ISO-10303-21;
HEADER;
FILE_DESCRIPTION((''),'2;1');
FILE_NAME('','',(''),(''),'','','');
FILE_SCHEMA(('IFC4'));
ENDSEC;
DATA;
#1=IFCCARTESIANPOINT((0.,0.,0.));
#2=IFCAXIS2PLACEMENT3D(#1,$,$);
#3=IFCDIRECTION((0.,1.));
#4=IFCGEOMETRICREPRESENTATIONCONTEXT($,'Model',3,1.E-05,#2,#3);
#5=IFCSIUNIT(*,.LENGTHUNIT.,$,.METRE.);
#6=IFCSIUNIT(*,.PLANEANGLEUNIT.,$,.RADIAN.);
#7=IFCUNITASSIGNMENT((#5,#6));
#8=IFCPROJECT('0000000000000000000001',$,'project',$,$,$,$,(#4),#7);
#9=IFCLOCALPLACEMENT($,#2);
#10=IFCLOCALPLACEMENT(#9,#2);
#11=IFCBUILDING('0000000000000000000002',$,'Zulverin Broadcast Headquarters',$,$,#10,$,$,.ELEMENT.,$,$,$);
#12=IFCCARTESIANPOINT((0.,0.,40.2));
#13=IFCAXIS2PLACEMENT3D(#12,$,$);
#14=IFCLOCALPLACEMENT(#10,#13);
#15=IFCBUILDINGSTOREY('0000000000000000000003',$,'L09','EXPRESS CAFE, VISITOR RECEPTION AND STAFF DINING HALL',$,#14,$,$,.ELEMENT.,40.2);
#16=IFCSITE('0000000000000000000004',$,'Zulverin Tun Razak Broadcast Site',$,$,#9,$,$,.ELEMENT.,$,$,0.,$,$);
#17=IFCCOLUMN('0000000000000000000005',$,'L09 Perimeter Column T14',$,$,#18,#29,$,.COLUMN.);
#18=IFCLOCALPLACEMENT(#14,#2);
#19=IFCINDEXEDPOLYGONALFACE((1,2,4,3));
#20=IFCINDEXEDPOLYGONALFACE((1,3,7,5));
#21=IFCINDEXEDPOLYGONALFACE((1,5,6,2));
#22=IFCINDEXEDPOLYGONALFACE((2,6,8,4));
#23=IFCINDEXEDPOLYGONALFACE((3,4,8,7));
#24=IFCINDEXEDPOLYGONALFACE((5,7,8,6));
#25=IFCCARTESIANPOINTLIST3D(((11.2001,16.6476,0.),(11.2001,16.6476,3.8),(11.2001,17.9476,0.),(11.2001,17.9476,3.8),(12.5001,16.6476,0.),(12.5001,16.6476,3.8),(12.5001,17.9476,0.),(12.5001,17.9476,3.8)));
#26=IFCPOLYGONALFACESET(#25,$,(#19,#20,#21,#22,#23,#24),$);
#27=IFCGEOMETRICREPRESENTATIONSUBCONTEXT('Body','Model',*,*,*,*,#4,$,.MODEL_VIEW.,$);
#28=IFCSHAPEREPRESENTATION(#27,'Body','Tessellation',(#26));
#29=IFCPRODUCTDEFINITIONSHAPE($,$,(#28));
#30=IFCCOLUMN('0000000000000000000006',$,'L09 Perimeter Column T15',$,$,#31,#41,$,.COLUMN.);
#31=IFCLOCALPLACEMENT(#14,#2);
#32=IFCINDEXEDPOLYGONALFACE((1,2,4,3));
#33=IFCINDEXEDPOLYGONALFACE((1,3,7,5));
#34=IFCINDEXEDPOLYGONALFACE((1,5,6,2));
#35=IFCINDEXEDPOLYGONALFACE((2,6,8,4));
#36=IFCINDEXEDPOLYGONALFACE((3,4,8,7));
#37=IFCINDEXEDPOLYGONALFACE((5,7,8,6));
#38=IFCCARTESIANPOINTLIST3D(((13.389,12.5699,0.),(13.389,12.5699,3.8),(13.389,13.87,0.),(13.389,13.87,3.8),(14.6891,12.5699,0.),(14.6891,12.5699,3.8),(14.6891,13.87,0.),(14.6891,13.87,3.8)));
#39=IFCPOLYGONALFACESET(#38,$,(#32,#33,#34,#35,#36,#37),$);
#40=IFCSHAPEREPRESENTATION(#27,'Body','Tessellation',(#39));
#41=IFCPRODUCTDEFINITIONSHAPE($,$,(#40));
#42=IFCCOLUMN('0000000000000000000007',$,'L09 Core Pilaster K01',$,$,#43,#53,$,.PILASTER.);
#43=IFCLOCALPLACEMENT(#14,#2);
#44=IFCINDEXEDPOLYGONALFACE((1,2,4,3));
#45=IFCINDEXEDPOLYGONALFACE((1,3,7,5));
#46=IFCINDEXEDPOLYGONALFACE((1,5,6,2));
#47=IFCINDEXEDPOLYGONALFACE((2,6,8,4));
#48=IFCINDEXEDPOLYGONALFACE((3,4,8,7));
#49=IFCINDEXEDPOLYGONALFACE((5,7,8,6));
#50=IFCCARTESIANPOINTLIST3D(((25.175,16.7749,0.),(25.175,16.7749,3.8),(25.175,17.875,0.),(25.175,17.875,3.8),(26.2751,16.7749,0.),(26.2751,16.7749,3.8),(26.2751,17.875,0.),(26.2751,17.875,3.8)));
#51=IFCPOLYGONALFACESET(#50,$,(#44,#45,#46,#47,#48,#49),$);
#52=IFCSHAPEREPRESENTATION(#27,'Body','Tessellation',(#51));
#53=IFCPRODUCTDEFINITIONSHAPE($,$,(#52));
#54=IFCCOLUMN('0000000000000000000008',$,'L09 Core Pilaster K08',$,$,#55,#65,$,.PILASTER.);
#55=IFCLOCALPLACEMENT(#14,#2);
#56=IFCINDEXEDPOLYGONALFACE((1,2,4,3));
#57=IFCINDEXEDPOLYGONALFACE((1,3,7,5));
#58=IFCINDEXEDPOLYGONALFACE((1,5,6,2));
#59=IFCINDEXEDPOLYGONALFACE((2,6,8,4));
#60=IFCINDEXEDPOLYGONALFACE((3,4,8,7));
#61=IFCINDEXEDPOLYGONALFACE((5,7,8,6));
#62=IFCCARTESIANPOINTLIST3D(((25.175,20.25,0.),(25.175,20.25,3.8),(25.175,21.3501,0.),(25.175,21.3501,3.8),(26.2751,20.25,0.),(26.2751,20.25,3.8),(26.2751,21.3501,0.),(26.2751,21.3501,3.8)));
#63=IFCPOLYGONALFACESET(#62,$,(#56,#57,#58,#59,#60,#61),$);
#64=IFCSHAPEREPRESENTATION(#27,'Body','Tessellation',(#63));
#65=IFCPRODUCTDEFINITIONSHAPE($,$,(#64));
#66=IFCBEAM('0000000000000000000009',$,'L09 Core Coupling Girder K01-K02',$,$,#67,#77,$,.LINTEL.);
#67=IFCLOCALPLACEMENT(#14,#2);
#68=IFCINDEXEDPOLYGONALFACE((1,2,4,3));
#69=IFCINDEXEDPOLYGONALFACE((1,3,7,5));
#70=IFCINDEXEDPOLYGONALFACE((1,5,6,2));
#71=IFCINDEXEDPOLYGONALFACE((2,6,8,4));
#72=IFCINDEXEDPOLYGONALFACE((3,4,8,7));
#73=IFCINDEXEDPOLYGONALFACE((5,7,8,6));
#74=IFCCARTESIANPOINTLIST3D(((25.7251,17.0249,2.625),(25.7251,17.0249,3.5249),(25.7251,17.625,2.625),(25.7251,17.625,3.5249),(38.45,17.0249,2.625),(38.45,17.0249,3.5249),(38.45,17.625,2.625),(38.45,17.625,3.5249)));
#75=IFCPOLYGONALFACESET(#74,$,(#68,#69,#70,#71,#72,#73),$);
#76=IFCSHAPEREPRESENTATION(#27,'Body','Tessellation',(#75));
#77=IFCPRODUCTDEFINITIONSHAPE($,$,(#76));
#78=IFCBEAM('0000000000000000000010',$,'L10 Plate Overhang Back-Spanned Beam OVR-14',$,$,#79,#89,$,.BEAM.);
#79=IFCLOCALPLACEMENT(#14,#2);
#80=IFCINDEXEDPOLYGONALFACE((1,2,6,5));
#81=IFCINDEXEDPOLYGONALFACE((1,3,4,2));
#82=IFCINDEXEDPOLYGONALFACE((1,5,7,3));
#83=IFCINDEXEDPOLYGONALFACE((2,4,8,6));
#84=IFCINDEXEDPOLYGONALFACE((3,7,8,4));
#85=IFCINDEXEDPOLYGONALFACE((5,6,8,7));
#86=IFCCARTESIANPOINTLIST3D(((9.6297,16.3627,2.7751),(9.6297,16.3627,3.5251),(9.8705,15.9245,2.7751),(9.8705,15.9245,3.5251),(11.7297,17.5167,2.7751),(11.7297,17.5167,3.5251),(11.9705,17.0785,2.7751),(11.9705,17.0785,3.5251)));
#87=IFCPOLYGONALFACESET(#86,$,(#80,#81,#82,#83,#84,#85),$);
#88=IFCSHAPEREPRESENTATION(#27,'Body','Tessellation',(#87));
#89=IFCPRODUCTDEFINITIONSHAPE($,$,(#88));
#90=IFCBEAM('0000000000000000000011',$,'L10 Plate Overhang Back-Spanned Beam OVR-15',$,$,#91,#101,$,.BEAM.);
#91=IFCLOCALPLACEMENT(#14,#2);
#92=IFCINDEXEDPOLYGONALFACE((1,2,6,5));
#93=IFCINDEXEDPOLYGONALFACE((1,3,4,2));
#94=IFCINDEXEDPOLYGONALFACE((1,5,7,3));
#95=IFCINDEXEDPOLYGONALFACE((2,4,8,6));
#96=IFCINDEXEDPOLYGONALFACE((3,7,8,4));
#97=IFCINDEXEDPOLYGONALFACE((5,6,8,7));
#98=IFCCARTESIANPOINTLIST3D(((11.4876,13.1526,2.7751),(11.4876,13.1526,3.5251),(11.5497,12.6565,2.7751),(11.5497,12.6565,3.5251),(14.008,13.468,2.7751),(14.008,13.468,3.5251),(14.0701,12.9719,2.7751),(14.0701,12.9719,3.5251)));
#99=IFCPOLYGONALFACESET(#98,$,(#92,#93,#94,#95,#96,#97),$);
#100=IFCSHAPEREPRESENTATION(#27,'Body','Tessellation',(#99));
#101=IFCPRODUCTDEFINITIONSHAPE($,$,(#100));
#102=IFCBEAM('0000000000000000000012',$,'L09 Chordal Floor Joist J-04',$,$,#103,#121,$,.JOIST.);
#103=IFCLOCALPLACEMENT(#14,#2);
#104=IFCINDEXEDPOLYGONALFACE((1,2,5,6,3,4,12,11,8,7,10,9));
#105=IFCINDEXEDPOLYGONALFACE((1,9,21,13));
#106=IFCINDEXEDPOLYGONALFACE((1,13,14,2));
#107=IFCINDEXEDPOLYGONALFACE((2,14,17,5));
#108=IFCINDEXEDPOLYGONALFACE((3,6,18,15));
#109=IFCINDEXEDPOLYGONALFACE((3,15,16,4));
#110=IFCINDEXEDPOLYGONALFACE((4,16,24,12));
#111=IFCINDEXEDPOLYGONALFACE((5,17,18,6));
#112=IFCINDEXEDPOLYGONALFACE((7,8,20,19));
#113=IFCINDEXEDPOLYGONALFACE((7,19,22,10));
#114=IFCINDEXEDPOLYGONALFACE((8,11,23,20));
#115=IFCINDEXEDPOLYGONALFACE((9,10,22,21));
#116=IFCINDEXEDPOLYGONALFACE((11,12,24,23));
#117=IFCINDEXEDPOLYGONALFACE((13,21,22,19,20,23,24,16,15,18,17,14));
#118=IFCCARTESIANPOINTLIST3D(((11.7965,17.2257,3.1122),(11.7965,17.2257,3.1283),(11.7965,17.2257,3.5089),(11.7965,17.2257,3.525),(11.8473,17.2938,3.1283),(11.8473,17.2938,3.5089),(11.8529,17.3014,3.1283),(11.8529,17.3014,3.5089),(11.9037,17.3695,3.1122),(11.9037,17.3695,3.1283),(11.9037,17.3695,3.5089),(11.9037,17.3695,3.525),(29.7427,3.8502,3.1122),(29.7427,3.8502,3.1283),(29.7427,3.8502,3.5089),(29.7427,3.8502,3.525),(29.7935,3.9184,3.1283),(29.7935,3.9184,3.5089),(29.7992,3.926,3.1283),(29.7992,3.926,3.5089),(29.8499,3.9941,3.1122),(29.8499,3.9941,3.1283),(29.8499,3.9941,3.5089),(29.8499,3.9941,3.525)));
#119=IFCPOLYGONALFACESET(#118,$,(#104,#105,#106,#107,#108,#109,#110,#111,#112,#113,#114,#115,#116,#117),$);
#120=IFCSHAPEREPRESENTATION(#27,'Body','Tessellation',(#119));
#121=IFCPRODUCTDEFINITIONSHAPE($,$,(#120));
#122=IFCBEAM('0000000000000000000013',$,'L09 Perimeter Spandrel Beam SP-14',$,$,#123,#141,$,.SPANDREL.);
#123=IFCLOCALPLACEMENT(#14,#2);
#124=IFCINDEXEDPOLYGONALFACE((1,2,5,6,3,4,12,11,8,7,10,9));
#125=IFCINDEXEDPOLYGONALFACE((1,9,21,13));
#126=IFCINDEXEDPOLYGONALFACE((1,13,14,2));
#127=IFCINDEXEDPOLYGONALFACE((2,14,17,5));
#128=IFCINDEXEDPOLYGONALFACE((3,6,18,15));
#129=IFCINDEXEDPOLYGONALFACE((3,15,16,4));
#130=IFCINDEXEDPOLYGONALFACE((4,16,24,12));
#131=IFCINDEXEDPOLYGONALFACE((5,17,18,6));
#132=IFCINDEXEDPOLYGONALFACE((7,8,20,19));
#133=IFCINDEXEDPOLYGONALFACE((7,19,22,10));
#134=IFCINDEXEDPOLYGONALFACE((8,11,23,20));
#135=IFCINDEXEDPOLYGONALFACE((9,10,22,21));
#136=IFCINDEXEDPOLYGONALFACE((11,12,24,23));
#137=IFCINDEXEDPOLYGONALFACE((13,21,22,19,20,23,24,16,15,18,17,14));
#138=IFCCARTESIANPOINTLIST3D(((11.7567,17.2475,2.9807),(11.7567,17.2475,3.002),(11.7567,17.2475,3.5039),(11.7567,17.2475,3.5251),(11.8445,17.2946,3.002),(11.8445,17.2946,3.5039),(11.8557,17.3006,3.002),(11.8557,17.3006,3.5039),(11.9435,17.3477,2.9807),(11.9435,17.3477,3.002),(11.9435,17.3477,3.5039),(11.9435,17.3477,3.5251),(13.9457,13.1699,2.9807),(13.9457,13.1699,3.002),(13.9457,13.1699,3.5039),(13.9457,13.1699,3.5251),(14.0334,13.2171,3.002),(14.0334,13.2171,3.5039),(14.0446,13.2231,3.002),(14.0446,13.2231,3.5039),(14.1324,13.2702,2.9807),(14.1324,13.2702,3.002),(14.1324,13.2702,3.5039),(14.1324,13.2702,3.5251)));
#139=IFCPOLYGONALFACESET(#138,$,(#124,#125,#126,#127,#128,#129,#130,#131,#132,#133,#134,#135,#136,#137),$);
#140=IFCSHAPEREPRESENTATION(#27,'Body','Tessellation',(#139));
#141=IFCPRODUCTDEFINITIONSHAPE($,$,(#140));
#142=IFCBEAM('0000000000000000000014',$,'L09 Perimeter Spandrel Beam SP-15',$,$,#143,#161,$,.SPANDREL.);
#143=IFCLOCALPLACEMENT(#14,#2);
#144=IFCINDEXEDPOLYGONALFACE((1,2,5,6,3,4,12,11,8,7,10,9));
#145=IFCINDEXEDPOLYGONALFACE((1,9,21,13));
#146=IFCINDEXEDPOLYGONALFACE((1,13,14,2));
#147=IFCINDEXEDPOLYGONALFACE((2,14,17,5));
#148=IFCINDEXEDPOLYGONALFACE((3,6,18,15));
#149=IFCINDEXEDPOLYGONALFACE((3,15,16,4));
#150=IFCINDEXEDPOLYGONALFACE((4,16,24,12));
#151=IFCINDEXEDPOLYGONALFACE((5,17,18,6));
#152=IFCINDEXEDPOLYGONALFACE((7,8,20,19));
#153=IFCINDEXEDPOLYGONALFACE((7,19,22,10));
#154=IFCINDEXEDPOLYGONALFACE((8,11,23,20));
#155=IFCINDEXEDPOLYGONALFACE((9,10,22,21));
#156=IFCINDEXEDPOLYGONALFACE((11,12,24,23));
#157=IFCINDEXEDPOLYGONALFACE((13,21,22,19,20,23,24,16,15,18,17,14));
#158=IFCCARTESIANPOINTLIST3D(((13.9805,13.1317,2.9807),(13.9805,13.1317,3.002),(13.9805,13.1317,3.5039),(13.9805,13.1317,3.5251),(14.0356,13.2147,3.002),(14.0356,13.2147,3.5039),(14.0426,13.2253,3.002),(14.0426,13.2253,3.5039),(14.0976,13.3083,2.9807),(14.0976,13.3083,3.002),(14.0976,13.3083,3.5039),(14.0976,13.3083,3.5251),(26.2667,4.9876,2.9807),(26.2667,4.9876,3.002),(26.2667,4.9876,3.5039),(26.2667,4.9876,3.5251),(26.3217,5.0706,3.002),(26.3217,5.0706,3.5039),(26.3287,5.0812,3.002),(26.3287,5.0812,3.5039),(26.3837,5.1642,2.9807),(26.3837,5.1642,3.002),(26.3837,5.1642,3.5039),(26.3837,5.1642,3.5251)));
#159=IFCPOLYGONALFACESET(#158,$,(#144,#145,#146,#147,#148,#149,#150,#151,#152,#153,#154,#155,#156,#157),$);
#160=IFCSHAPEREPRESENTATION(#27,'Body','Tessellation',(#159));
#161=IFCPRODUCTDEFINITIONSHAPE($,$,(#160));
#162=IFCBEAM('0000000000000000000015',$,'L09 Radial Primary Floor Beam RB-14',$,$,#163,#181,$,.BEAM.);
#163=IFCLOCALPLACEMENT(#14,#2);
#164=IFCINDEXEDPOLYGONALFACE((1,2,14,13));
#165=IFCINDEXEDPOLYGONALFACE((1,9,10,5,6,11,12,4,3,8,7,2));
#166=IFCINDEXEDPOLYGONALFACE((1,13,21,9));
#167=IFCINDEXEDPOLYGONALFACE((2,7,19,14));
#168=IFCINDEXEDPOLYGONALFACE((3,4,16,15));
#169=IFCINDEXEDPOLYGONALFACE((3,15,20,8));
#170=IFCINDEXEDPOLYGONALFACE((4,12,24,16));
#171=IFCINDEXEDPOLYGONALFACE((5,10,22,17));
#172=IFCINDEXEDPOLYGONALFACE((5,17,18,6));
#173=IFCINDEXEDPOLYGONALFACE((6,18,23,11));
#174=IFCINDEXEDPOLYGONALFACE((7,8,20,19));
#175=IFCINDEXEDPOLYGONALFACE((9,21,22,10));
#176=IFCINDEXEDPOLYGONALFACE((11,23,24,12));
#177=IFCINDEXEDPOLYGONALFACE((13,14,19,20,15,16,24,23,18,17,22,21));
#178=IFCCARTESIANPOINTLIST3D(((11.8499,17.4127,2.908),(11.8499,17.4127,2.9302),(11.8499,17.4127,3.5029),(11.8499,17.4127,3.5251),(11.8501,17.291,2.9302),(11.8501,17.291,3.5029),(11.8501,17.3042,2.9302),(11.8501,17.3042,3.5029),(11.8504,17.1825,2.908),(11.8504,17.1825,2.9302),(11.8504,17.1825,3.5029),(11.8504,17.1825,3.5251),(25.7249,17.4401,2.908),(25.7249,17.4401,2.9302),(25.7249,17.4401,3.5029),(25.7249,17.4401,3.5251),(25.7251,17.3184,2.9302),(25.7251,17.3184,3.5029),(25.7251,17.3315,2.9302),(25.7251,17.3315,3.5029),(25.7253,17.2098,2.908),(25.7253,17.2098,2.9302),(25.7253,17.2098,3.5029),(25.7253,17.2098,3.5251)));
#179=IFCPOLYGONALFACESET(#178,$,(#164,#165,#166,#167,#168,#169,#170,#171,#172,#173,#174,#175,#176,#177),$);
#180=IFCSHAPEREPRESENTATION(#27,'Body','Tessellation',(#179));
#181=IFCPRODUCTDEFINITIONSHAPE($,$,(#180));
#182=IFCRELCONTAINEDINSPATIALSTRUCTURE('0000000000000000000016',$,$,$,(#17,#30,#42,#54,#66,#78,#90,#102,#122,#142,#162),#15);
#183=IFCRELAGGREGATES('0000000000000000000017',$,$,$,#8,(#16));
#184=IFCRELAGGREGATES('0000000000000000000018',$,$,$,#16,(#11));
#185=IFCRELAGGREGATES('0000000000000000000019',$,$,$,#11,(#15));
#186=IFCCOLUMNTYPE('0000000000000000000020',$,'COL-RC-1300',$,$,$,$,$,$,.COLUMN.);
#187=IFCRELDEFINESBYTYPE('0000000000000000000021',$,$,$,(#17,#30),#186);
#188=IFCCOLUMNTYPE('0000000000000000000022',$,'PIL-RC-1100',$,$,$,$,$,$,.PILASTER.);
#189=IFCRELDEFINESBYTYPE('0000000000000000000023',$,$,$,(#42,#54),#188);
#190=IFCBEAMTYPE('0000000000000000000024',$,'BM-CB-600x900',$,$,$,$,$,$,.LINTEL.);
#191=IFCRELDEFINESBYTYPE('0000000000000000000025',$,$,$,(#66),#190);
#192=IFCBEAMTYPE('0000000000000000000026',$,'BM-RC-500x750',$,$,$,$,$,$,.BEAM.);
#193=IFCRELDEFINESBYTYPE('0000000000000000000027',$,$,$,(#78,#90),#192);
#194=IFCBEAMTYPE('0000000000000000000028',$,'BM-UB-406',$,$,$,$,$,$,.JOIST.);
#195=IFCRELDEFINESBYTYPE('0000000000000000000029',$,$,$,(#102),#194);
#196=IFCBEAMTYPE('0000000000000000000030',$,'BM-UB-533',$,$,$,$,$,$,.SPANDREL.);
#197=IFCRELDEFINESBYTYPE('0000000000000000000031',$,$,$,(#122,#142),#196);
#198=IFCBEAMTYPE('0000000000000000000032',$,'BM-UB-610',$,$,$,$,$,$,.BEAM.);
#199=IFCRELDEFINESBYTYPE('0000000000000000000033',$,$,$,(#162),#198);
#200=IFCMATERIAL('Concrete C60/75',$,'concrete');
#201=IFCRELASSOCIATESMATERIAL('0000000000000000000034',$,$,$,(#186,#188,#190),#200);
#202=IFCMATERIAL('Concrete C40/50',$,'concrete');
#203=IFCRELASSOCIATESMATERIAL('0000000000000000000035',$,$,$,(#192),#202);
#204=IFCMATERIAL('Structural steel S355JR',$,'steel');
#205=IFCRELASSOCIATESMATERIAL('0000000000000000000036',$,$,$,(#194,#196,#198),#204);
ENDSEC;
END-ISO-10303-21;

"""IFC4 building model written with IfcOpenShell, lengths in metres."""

from ifc_helpers import new_model, si_unit, direction, frame, origin, origin_2d, place, context, subcontext, project, spatial, rectangle, i_section, extrude, material, material_profile, profile_set, type_object, element, save


model = new_model("IFC4")

# Units and contexts
model_context = context("Model", 3, precision=1e-05, world=origin(), true_north=direction((0.0, 1.0)))
body_context = subcontext(model_context, "Body", "Model", "MODEL_VIEW")
ifc_project = project(units=[si_unit("LENGTHUNIT", "METRE"), si_unit("PLANEANGLEUNIT", "RADIAN")], contexts=[model_context])

# Site, building, storey
site_placement = place(None, origin())
site = spatial("IfcSite", under=ifc_project, at=site_placement, Name="Zulverin Tun Razak Broadcast Site", CompositionType="ELEMENT", RefElevation=0.0)
building_placement = place(site_placement, origin())
building = spatial("IfcBuilding", under=site, at=building_placement, Name="Zulverin Broadcast Headquarters", CompositionType="ELEMENT")
storey_placement = place(building_placement, frame((0.0, 0.0, 40.2)))
storey = spatial("IfcBuildingStorey", under=building, at=storey_placement, Name="L09", Description="EXPRESS CAFE, VISITOR RECEPTION AND STAFF DINING HALL", CompositionType="ELEMENT", Elevation=40.2)

# Columns
ifc_material_1 = material(Name="Concrete C60/75", Category="concrete")
ifc_material_profile_1 = material_profile(ifc_material_1, rectangle(XDim=1.3, YDim=1.3, at=origin_2d()), Name="Concrete C60/75", Category="concrete")
ifc_profile_set_1 = profile_set([ifc_material_profile_1], Name="Concrete C60/75")
column_type_1 = type_object("IfcColumnType", Name="COL-RC-1300", PredefinedType="COLUMN", material=ifc_profile_set_1)
for number, where, z_axis, x_axis, name in (
    (1, (11.8501, 17.2976, 0.0), (0.0, 0.0, 1.0), (1.0, 0.0, 0.0), "L09 Perimeter Column T14"),
    (2, (14.0391, 13.22, 0.0), (0.0, 0.0, 1.0), (1.0, 0.0, 0.0), "L09 Perimeter Column T15"),
):
    element("IfcColumn", number, at=place(storey_placement, frame(where, z_axis=z_axis, x_axis=x_axis)), inside=storey, type_object=column_type_1, Name=name, PredefinedType="COLUMN", context=body_context, shape_type="SweptSolid", body=[
        extrude(rectangle(XDim=1.3, YDim=1.3, at=origin_2d()), origin(), (0.0, 0.0, 1.0), 3.8),
    ])
ifc_material_profile_2 = material_profile(ifc_material_1, rectangle(XDim=1.1001, YDim=1.1001, at=origin_2d()), Name="Concrete C60/75", Category="concrete")
ifc_profile_set_2 = profile_set([ifc_material_profile_2], Name="Concrete C60/75")
column_type_2 = type_object("IfcColumnType", Name="PIL-RC-1100", PredefinedType="PILASTER", material=ifc_profile_set_2)
for number, where, z_axis, x_axis, name in (
    (3, (25.7251, 17.325, 0.0), (0.0, 0.0, 1.0), (1.0, 0.0, 0.0), "L09 Core Pilaster K01"),
    (4, (25.7251, 20.8, 0.0), (0.0, 0.0, 1.0), (1.0, 0.0, 0.0), "L09 Core Pilaster K08"),
):
    element("IfcColumn", number, at=place(storey_placement, frame(where, z_axis=z_axis, x_axis=x_axis)), inside=storey, type_object=column_type_2, Name=name, PredefinedType="PILASTER", context=body_context, shape_type="SweptSolid", body=[
        extrude(rectangle(XDim=1.1001, YDim=1.1001, at=origin_2d()), origin(), (0.0, 0.0, 1.0), 3.8),
    ])

# Beams
ifc_material_profile_3 = material_profile(ifc_material_1, rectangle(XDim=0.6001, YDim=0.8999, at=origin_2d()), Name="Concrete C60/75", Category="concrete")
ifc_profile_set_3 = profile_set([ifc_material_profile_3], Name="Concrete C60/75")
beam_type_1 = type_object("IfcBeamType", Name="BM-CB-600x900", PredefinedType="LINTEL", material=ifc_profile_set_3)
beam_1_placement = place(storey_placement, frame((25.7251, 17.325, 3.075), z_axis=(1.0, 0.0, 0.0), x_axis=(0.0, 1.0, 0.0)))
element("IfcBeam", 5, at=beam_1_placement, inside=storey, type_object=beam_type_1, Name="L09 Core Coupling Girder K01-K02", PredefinedType="LINTEL", context=body_context, shape_type="SweptSolid", body=[
    extrude(rectangle(XDim=0.6001, YDim=0.8999, at=origin_2d()), origin(), (0.0, 0.0, 1.0), 12.7249),
])
ifc_material_2 = material(Name="Concrete C40/50", Category="concrete")
ifc_material_profile_4 = material_profile(ifc_material_2, rectangle(XDim=0.5, YDim=0.75, at=origin_2d()), Name="Concrete C40/50", Category="concrete")
ifc_profile_set_4 = profile_set([ifc_material_profile_4], Name="Concrete C40/50")
beam_type_2 = type_object("IfcBeamType", Name="BM-RC-500x750", PredefinedType="BEAM", material=ifc_profile_set_4)
beam_2_placement = place(storey_placement, frame((11.8501, 17.2976, 3.1501), z_axis=(-0.876392, -0.481598, 0.0), x_axis=(0.481598, -0.876392, 0.0)))
element("IfcBeam", 6, at=beam_2_placement, inside=storey, type_object=beam_type_2, Name="L10 Plate Overhang Back-Spanned Beam OVR-14", PredefinedType="BEAM", context=body_context, shape_type="SweptSolid", body=[
    extrude(rectangle(XDim=0.5, YDim=0.75, at=origin_2d()), origin(), (0.0, 0.0, 1.0), 2.3962),
])
beam_3_placement = place(storey_placement, frame((14.0391, 13.22, 3.1501), z_axis=(-0.992259, -0.124189, 0.0), x_axis=(0.124189, -0.992259, 0.0)))
element("IfcBeam", 7, at=beam_3_placement, inside=storey, type_object=beam_type_2, Name="L10 Plate Overhang Back-Spanned Beam OVR-15", PredefinedType="BEAM", context=body_context, shape_type="SweptSolid", body=[
    extrude(rectangle(XDim=0.5, YDim=0.75, at=origin_2d()), origin(), (0.0, 0.0, 1.0), 2.54),
])
ifc_material_3 = material(Name="Structural steel S355JR", Category="steel")
ifc_material_profile_5 = material_profile(ifc_material_3, i_section(OverallWidth=0.1794, OverallDepth=0.4128, WebThickness=0.0095, FlangeThickness=0.0161, at=origin_2d()), Name="Structural steel S355JR", Category="steel")
ifc_profile_set_5 = profile_set([ifc_material_profile_5], Name="Structural steel S355JR")
beam_type_3 = type_object("IfcBeamType", Name="BM-UB-406", PredefinedType="JOIST", material=ifc_profile_set_5)
beam_4_placement = place(storey_placement, frame((11.8501, 17.2976, 3.3186), z_axis=(0.801803, -0.597589, 0.0), x_axis=(0.597589, 0.801803, 0.0)))
element("IfcBeam", 8, at=beam_4_placement, inside=storey, type_object=beam_type_3, Name="L09 Chordal Floor Joist J-04", PredefinedType="JOIST", context=body_context, shape_type="SweptSolid", body=[
    extrude(i_section(OverallWidth=0.1794, OverallDepth=0.4128, WebThickness=0.0095, FlangeThickness=0.0161, at=origin_2d()), origin(), (0.0, 0.0, 1.0), 22.3823),
])
ifc_material_profile_6 = material_profile(ifc_material_3, i_section(OverallWidth=0.2119, OverallDepth=0.5444, WebThickness=0.0127, FlangeThickness=0.0212, at=origin_2d()), Name="Structural steel S355JR", Category="steel")
ifc_profile_set_6 = profile_set([ifc_material_profile_6], Name="Structural steel S355JR")
beam_type_4 = type_object("IfcBeamType", Name="BM-UB-533", PredefinedType="SPANDREL", material=ifc_profile_set_6)
beam_5_placement = place(storey_placement, frame((11.8501, 17.2976, 3.2529), z_axis=(0.47298, -0.881073, 0.0), x_axis=(0.881073, 0.47298, 0.0)))
element("IfcBeam", 9, at=beam_5_placement, inside=storey, type_object=beam_type_4, Name="L09 Perimeter Spandrel Beam SP-14", PredefinedType="SPANDREL", context=body_context, shape_type="SweptSolid", body=[
    extrude(i_section(OverallWidth=0.2119, OverallDepth=0.5444, WebThickness=0.0127, FlangeThickness=0.0212, at=origin_2d()), origin(), (0.0, 0.0, 1.0), 4.6279),
])
beam_6_placement = place(storey_placement, frame((14.0391, 13.22, 3.2529), z_axis=(0.83351, -0.552504, 0.0), x_axis=(0.552504, 0.83351, 0.0)))
element("IfcBeam", 10, at=beam_6_placement, inside=storey, type_object=beam_type_4, Name="L09 Perimeter Spandrel Beam SP-15", PredefinedType="SPANDREL", context=body_context, shape_type="SweptSolid", body=[
    extrude(i_section(OverallWidth=0.2119, OverallDepth=0.5444, WebThickness=0.0127, FlangeThickness=0.0212, at=origin_2d()), origin(), (0.0, 0.0, 1.0), 14.7402),
])
ifc_material_profile_7 = material_profile(ifc_material_3, i_section(OverallWidth=0.2302, OverallDepth=0.6172, WebThickness=0.0132, FlangeThickness=0.0222, at=origin_2d()), Name="Structural steel S355JR", Category="steel")
ifc_profile_set_7 = profile_set([ifc_material_profile_7], Name="Structural steel S355JR")
beam_type_5 = type_object("IfcBeamType", Name="BM-UB-610", PredefinedType="BEAM", material=ifc_profile_set_7)
beam_7_placement = place(storey_placement, frame((25.7251, 17.325, 3.2166), z_axis=(-0.999998, -0.001971, 0.0), x_axis=(0.001971, -0.999998, 0.0)))
element("IfcBeam", 11, at=beam_7_placement, inside=storey, type_object=beam_type_5, Name="L09 Radial Primary Floor Beam RB-14", PredefinedType="BEAM", context=body_context, shape_type="SweptSolid", body=[
    extrude(i_section(OverallWidth=0.2302, OverallDepth=0.6172, WebThickness=0.0132, FlangeThickness=0.0222, at=origin_2d()), origin(), (0.0, 0.0, 1.0), 13.875),
])

save(model, "model.ifc")
